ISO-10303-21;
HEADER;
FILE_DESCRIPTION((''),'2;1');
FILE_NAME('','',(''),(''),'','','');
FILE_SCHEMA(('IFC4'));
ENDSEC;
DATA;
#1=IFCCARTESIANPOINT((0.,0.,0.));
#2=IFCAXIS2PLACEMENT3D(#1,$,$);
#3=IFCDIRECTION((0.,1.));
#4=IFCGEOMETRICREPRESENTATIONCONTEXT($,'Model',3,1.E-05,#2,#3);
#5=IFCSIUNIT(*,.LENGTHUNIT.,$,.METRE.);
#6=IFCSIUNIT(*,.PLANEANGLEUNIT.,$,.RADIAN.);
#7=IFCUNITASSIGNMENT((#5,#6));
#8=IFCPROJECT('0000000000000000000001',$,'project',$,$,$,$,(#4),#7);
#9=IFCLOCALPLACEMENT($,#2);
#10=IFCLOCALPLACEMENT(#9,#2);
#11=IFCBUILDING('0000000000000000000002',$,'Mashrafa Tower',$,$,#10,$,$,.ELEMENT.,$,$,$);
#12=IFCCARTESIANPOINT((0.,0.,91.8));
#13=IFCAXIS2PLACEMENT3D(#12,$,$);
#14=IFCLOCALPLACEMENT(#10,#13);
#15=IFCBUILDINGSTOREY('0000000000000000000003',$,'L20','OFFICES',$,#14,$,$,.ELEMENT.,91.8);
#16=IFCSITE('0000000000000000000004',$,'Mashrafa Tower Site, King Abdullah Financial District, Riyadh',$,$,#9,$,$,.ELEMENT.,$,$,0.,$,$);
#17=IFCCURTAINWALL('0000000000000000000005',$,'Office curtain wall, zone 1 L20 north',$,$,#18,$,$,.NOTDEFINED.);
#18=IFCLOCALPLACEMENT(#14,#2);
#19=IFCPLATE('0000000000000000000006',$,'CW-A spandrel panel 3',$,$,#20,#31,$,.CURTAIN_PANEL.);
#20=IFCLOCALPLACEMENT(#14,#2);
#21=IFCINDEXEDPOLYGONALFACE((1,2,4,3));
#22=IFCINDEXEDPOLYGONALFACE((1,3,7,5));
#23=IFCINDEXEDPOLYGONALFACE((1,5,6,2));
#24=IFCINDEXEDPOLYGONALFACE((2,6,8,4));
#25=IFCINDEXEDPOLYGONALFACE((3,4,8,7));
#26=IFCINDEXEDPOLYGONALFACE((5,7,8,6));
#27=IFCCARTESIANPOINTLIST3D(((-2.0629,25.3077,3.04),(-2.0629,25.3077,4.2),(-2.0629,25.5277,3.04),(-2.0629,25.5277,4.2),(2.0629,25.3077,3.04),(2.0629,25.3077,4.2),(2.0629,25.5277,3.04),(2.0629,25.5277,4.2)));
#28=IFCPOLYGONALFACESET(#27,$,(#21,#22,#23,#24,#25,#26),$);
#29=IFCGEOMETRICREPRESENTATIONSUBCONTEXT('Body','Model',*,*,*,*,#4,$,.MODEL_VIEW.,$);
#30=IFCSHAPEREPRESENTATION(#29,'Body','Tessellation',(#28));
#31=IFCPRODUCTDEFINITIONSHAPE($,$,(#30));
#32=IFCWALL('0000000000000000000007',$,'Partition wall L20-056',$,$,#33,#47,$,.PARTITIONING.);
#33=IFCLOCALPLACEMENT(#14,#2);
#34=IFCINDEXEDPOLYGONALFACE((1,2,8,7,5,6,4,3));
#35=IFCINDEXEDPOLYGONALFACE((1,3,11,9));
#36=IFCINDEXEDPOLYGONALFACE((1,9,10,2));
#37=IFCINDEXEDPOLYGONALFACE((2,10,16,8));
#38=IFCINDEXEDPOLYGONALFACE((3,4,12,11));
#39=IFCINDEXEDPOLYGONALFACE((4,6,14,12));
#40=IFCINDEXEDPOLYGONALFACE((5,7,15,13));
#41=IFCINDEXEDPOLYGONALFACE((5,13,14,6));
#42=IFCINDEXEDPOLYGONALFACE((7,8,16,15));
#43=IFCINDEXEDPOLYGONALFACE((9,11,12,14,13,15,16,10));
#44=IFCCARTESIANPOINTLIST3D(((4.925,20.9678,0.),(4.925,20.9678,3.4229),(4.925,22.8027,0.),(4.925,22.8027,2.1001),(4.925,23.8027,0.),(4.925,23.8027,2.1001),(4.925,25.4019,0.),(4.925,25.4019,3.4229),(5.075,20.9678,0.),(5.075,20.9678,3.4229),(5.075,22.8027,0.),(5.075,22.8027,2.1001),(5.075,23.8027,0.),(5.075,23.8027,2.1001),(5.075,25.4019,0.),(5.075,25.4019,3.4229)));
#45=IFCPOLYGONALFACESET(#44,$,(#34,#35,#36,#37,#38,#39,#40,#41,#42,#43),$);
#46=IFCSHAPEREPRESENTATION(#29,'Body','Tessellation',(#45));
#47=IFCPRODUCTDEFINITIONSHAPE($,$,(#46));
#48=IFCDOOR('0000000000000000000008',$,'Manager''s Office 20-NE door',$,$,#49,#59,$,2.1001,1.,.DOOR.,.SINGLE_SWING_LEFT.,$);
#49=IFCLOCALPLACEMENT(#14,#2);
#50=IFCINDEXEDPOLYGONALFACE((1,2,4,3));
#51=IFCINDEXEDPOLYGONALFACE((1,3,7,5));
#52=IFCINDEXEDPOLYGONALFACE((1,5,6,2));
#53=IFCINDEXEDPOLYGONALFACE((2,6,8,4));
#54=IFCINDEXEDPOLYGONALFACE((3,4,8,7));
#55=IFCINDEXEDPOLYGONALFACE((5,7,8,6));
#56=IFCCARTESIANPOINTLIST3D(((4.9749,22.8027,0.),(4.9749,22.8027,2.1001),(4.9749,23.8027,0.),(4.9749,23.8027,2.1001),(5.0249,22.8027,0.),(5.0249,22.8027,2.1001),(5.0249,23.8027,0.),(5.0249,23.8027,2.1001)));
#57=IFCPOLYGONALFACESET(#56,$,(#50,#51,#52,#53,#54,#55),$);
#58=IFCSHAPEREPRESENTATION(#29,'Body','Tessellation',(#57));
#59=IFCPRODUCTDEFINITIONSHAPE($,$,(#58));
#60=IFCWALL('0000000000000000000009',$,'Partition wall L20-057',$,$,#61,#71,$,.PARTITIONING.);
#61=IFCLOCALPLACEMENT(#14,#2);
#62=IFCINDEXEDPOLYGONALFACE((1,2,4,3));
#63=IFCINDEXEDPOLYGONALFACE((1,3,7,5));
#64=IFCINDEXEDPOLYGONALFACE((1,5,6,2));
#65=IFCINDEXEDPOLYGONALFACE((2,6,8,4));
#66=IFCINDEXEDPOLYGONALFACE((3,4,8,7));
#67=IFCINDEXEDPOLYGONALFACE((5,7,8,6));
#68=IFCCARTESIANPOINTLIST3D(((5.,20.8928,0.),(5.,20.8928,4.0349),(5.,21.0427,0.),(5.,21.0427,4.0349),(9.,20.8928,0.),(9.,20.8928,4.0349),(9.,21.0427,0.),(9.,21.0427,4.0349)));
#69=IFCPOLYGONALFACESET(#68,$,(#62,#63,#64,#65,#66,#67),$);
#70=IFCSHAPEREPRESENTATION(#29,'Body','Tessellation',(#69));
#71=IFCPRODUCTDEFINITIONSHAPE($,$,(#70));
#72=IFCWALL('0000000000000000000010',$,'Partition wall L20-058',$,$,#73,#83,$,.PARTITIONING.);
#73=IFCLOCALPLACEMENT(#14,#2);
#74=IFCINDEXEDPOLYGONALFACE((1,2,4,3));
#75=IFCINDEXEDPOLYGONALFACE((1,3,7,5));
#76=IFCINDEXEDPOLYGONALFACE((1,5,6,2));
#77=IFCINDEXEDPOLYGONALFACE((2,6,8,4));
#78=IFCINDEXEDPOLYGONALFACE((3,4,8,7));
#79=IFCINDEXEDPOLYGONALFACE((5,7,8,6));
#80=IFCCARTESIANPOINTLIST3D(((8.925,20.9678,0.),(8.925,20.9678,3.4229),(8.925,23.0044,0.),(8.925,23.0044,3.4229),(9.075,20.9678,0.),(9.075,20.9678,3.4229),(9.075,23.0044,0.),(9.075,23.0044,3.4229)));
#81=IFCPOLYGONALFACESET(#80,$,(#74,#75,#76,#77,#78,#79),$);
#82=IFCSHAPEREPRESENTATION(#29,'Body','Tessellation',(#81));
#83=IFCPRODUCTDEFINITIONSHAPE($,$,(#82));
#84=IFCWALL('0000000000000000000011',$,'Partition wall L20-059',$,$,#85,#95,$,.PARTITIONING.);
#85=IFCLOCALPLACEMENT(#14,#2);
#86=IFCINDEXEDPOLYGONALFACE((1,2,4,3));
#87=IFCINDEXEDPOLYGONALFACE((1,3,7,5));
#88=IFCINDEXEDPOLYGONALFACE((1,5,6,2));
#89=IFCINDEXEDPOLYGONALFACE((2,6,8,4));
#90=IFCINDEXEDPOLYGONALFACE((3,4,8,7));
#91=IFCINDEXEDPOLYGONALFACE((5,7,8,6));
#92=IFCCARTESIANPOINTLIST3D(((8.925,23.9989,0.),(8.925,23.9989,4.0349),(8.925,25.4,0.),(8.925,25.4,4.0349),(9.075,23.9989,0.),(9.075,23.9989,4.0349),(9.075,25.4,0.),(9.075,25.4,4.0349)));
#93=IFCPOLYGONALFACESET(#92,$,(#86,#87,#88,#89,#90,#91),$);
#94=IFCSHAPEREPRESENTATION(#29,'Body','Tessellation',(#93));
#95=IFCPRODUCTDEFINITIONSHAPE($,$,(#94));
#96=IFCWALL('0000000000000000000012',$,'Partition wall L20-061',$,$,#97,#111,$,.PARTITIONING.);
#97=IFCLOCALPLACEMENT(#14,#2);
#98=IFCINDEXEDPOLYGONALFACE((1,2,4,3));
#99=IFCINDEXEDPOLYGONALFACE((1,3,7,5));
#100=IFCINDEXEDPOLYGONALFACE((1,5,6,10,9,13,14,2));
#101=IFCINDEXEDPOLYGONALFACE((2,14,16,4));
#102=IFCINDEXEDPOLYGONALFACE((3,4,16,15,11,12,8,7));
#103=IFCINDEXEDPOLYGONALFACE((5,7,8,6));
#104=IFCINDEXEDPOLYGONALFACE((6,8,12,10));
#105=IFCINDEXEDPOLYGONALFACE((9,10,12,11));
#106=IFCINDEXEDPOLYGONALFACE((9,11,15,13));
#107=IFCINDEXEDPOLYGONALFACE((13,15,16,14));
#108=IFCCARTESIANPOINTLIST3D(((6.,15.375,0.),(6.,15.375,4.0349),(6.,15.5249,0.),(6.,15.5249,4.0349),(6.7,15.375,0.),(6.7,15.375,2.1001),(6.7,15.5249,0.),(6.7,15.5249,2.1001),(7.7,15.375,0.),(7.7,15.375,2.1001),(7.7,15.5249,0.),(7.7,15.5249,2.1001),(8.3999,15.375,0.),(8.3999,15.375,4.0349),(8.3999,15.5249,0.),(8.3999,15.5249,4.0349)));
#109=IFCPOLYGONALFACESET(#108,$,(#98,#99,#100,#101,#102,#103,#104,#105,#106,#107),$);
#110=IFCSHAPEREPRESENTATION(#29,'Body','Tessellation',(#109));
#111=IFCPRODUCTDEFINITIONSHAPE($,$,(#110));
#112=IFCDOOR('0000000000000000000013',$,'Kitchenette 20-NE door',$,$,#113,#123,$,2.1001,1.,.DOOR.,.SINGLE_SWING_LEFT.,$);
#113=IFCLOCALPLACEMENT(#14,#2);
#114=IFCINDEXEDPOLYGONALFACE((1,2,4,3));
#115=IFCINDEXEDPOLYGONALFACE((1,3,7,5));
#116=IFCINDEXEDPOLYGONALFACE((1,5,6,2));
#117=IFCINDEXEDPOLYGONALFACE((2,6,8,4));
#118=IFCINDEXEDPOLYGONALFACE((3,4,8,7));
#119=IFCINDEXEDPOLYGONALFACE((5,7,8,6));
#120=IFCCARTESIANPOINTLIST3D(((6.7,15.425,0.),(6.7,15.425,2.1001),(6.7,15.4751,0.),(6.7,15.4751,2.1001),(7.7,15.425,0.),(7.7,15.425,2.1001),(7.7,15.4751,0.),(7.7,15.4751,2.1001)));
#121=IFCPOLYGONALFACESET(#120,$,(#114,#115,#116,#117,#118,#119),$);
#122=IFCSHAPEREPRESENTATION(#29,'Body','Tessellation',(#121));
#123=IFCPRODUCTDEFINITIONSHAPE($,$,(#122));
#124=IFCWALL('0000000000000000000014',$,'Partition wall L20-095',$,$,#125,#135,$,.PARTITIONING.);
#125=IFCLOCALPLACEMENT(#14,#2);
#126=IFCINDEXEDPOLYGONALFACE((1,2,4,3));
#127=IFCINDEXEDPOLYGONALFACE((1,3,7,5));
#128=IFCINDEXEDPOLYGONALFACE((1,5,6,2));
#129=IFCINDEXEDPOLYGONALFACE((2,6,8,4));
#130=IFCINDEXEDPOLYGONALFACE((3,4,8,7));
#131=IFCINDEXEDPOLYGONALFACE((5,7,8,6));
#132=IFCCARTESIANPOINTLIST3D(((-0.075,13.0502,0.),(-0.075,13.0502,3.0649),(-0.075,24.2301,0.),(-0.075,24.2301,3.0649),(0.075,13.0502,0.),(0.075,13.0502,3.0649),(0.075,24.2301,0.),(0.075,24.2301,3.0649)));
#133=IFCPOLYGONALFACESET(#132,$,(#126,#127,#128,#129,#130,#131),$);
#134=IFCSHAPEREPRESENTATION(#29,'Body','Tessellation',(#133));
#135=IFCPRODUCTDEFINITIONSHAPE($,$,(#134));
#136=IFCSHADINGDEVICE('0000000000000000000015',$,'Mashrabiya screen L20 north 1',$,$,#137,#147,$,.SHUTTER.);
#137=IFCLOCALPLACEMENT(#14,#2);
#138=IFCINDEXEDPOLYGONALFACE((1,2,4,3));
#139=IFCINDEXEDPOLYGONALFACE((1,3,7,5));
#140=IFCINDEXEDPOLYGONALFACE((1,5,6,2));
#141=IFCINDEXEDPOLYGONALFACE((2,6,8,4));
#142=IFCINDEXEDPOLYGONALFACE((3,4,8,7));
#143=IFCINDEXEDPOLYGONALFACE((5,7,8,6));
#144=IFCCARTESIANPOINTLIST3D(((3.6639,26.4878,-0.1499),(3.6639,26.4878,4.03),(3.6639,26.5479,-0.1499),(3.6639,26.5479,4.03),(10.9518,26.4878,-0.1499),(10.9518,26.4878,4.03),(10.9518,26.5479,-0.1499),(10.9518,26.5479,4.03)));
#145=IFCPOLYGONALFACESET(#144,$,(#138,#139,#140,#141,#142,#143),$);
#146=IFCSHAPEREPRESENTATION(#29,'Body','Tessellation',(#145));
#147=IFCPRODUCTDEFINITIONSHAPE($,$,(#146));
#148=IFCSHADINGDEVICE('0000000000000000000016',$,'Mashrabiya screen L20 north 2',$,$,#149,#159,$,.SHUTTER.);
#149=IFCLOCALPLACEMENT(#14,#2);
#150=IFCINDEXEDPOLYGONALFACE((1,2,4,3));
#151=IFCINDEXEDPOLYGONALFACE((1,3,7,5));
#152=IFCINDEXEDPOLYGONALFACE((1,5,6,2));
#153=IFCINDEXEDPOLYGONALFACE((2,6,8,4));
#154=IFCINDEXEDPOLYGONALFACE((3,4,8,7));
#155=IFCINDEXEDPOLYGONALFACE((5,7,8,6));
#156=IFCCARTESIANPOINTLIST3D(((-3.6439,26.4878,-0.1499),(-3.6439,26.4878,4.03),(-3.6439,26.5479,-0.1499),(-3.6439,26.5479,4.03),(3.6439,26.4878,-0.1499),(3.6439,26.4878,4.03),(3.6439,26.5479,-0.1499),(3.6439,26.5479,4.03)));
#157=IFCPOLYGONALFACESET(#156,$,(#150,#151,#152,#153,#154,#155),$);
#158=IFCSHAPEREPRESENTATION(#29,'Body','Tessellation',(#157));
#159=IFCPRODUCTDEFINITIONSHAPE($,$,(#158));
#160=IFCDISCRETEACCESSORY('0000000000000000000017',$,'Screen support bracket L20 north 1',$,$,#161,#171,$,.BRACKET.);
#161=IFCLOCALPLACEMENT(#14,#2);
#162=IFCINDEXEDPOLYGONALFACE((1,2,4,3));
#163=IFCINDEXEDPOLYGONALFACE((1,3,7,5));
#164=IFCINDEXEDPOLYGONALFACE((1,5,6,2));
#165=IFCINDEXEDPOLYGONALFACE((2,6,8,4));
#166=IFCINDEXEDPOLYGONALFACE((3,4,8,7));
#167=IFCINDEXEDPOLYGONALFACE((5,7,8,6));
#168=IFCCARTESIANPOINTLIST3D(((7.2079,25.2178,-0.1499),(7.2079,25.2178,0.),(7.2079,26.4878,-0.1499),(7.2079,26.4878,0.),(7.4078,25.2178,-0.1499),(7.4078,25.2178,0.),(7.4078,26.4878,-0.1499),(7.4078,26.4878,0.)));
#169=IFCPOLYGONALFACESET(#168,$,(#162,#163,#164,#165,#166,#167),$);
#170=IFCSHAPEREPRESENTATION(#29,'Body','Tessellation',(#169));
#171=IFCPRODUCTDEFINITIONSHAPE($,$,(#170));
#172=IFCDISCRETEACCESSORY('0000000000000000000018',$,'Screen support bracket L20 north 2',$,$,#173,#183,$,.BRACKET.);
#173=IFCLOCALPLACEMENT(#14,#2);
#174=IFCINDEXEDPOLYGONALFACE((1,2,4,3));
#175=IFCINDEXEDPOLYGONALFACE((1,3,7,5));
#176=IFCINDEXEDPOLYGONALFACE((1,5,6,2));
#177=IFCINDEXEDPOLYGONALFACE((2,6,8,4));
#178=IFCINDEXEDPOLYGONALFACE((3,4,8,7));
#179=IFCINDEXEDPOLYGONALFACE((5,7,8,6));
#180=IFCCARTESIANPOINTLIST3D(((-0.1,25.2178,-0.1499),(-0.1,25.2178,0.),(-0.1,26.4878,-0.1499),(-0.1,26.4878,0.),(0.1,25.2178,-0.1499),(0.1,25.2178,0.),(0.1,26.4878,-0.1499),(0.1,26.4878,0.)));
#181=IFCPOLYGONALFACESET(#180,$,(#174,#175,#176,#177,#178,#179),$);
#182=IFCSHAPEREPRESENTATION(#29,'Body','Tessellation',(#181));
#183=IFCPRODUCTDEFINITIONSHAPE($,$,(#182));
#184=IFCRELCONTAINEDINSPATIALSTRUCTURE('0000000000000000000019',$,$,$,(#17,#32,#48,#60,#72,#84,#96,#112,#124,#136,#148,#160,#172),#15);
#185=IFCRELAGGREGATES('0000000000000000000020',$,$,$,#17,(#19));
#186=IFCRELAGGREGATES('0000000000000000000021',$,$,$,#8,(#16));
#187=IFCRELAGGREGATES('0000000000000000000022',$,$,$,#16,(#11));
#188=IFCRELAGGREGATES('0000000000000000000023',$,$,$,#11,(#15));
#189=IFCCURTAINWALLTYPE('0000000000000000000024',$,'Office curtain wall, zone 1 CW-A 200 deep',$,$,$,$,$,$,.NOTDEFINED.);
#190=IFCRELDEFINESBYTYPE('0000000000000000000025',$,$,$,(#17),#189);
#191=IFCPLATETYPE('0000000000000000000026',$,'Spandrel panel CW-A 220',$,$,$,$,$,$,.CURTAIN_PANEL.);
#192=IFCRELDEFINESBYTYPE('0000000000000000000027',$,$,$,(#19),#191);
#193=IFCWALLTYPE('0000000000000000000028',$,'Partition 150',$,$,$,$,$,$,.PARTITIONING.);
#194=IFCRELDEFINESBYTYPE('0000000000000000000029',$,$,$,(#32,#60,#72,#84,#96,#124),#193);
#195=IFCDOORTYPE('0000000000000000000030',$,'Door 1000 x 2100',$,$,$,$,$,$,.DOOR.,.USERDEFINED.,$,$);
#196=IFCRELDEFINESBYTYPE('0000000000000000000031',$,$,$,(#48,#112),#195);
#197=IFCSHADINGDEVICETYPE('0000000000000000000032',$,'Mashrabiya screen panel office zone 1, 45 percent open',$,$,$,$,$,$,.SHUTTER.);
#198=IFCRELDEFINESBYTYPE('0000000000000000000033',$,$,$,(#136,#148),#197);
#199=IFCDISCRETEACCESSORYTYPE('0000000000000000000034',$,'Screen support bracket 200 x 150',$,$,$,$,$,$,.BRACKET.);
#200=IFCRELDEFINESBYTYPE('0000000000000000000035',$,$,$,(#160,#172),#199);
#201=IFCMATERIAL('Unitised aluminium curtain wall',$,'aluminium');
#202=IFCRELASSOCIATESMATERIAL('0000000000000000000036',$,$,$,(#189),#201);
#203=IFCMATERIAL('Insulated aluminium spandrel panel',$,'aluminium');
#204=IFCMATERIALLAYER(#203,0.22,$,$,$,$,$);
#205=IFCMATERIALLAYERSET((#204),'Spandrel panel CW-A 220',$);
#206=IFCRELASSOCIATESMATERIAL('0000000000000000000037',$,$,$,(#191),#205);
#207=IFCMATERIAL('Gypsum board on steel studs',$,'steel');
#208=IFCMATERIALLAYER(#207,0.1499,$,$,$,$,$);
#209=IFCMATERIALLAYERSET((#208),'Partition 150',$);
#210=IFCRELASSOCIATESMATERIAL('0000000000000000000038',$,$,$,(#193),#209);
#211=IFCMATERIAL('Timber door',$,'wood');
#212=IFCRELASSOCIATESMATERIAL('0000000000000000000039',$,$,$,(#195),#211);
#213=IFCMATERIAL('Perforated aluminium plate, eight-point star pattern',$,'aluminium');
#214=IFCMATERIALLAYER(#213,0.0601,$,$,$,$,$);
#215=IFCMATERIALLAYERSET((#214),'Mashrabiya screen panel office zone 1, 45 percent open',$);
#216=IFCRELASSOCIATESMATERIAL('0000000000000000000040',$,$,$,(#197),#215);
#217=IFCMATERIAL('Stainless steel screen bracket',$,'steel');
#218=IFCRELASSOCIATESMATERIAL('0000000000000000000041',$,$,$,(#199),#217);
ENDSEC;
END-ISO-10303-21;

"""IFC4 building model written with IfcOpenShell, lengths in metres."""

from ifc_helpers import new_model, si_unit, direction, frame, frame_2d, origin, origin_2d, place, context, subcontext, project, spatial, rectangle, extrude, source, transform, mapped, material, layer, layer_set, type_object, type_shapes, element, fill, aggregate, save


model = new_model("IFC4")

# Units and contexts
model_context = context("Model", 3, precision=1e-05, world=origin(), true_north=direction((0.0, 1.0)))
body_context = subcontext(model_context, "Body", "Model", "MODEL_VIEW")
ifc_project = project(units=[si_unit("LENGTHUNIT", "METRE"), si_unit("PLANEANGLEUNIT", "RADIAN")], contexts=[model_context])

# Site, building, storey
site_placement = place(None, origin())
site = spatial("IfcSite", under=ifc_project, at=site_placement, Name="Mashrafa Tower Site, King Abdullah Financial District, Riyadh", CompositionType="ELEMENT", RefElevation=0.0)
building_placement = place(site_placement, origin())
building = spatial("IfcBuilding", under=site, at=building_placement, Name="Mashrafa Tower", CompositionType="ELEMENT")
storey_placement = place(building_placement, frame((0.0, 0.0, 91.8)))
storey = spatial("IfcBuildingStorey", under=building, at=storey_placement, Name="L20", Description="OFFICES", CompositionType="ELEMENT", Elevation=91.8)

# Shared definitions
ifc_material_1 = material(Name="Unitised aluminium curtain wall", Category="aluminium")
curtain_wall_type = type_object("IfcCurtainWallType", Name="Office curtain wall, zone 1 CW-A 200 deep", PredefinedType="NOTDEFINED", material=ifc_material_1)

# Curtain wall
curtain_wall_1_placement = place(storey_placement, origin())
curtain_wall_1 = element("IfcCurtainWall", 1, at=curtain_wall_1_placement, inside=storey, type_object=curtain_wall_type, Name="Office curtain wall, zone 1 L20 north", PredefinedType="NOTDEFINED")

# Plate
ifc_material_2 = material(Name="Insulated aluminium spandrel panel", Category="aluminium")
ifc_layer_1 = layer(ifc_material_2, 0.22)
ifc_layer_set_1 = layer_set([ifc_layer_1], Name="Spandrel panel CW-A 220")
plate_type_1 = type_object("IfcPlateType", Name="Spandrel panel CW-A 220", PredefinedType="CURTAIN_PANEL", material=ifc_layer_set_1)
shared_shape_1 = source(origin(), body_context, "Body", "SweptSolid", [
    extrude(rectangle(XDim=4.1257, YDim=0.22, at=origin_2d()), origin(), (0.0, 0.0, 1.0), 1.1599),
])
plate_1_placement = place(storey_placement, frame((0.0, 25.4177, 3.04), z_axis=(0.0, 0.0, 1.0), x_axis=(-1.0, 0.0, 0.0)))
plate_1 = element("IfcPlate", 2, at=plate_1_placement, type_object=plate_type_1, Name="CW-A spandrel panel 3", PredefinedType="CURTAIN_PANEL", context=body_context, shape_type="MappedRepresentation", body=[
    mapped(shared_shape_1, transform((0.0, 0.0, 0.0))),
])
aggregate(curtain_wall_1, [plate_1])

# Wall, opening, door
ifc_material_3 = material(Name="Gypsum board on steel studs", Category="steel")
ifc_layer_2 = layer(ifc_material_3, 0.1499)
ifc_layer_set_2 = layer_set([ifc_layer_2], Name="Partition 150")
wall_type = type_object("IfcWallType", Name="Partition 150", PredefinedType="PARTITIONING", material=ifc_layer_set_2)
wall_1_placement = place(storey_placement, frame((5.0, 25.4019, 0.0), z_axis=(0.0, 0.0, 1.0), x_axis=(0.0, -1.0, 0.0)))
wall_1 = element("IfcWall", 3, at=wall_1_placement, inside=storey, type_object=wall_type, Name="Partition wall L20-056", PredefinedType="PARTITIONING", context=body_context, shape_type="SweptSolid", body=[
    extrude(rectangle(XDim=4.4341, YDim=0.1499, at=frame_2d((2.217, 0.0))), origin(), (0.0, 0.0, 1.0), 3.4229),
])
opening_1_placement = place(wall_1_placement, frame((1.5991, 0.0, 0.0)))
opening_1 = element("IfcOpeningElement", 4, at=opening_1_placement, cuts=wall_1, PredefinedType="OPENING", context=body_context, shape_type="SweptSolid", body=[
    extrude(rectangle(XDim=1.0, YDim=2.1001, at=frame_2d((0.5, 1.05))), frame((0.0, 0.085, 0.0), z_axis=(0.0, -1.0, 0.0), x_axis=(1.0, 0.0, 0.0)), (0.0, 0.0, 1.0), 0.1699),
])
ifc_material_4 = material(Name="Timber door", Category="wood")
door_type = type_object("IfcDoorType", Name="Door 1000 x 2100", OperationType="USERDEFINED", PredefinedType="DOOR", material=ifc_material_4)
door_1_placement = place(opening_1_placement, origin())
door_1 = element("IfcDoor", 5, at=door_1_placement, inside=storey, type_object=door_type, Name="Manager's Office 20-NE door", OperationType="SINGLE_SWING_LEFT", OverallHeight=2.1001, OverallWidth=1.0, PredefinedType="DOOR", context=body_context, shape_type="SweptSolid", body=[
    extrude(rectangle(XDim=1.0, YDim=2.1001, at=frame_2d((0.5, 1.05))), frame((0.0, 0.0249, 0.0), z_axis=(0.0, -1.0, 0.0), x_axis=(1.0, 0.0, 0.0)), (0.0, 0.0, 1.0), 0.05),
])
fill(opening_1, door_1)

# Walls
wall_2_placement = place(storey_placement, frame((5.0, 20.9678, 0.0), z_axis=(0.0, 0.0, 1.0), x_axis=(1.0, 0.0, 0.0)))
element("IfcWall", 6, at=wall_2_placement, inside=storey, type_object=wall_type, Name="Partition wall L20-057", PredefinedType="PARTITIONING", context=body_context, shape_type="SweptSolid", body=[
    extrude(rectangle(XDim=4.0, YDim=0.1499, at=frame_2d((2.0, 0.0))), origin(), (0.0, 0.0, 1.0), 4.0349),
])
wall_3_placement = place(storey_placement, frame((9.0, 20.9678, 0.0), z_axis=(0.0, 0.0, 1.0), x_axis=(0.0, 1.0, 0.0)))
element("IfcWall", 7, at=wall_3_placement, inside=storey, type_object=wall_type, Name="Partition wall L20-058", PredefinedType="PARTITIONING", context=body_context, shape_type="SweptSolid", body=[
    extrude(rectangle(XDim=2.0366, YDim=0.1499, at=frame_2d((1.0183, 0.0))), origin(), (0.0, 0.0, 1.0), 3.4229),
])
wall_4_placement = place(storey_placement, frame((9.0, 23.9988, 0.0), z_axis=(0.0, 0.0, 1.0), x_axis=(0.0, 1.0, 0.0)))
element("IfcWall", 8, at=wall_4_placement, inside=storey, type_object=wall_type, Name="Partition wall L20-059", PredefinedType="PARTITIONING", context=body_context, shape_type="SweptSolid", body=[
    extrude(rectangle(XDim=1.4011, YDim=0.1499, at=frame_2d((0.7007, 0.0))), origin(), (0.0, 0.0, 1.0), 4.0349),
])

# Wall, opening, door
wall_5_placement = place(storey_placement, frame((8.3999, 15.45, 0.0), z_axis=(0.0, 0.0, 1.0), x_axis=(-1.0, 0.0, 0.0)))
wall_5 = element("IfcWall", 9, at=wall_5_placement, inside=storey, type_object=wall_type, Name="Partition wall L20-061", PredefinedType="PARTITIONING", context=body_context, shape_type="SweptSolid", body=[
    extrude(rectangle(XDim=2.3999, YDim=0.1499, at=frame_2d((1.2, 0.0))), origin(), (0.0, 0.0, 1.0), 4.0349),
])
opening_2_placement = place(wall_5_placement, frame((0.7, 0.0, 0.0)))
opening_2 = element("IfcOpeningElement", 10, at=opening_2_placement, cuts=wall_5, PredefinedType="OPENING", context=body_context, shape_type="SweptSolid", body=[
    extrude(rectangle(XDim=1.0, YDim=2.1001, at=frame_2d((0.5, 1.05))), frame((0.0, 0.085, 0.0), z_axis=(0.0, -1.0, 0.0), x_axis=(1.0, 0.0, 0.0)), (0.0, 0.0, 1.0), 0.1699),
])
door_2_placement = place(opening_2_placement, origin())
door_2 = element("IfcDoor", 11, at=door_2_placement, inside=storey, type_object=door_type, Name="Kitchenette 20-NE door", OperationType="SINGLE_SWING_LEFT", OverallHeight=2.1001, OverallWidth=1.0, PredefinedType="DOOR", context=body_context, shape_type="SweptSolid", body=[
    extrude(rectangle(XDim=1.0, YDim=2.1001, at=frame_2d((0.5, 1.05))), frame((0.0, 0.0249, 0.0), z_axis=(0.0, -1.0, 0.0), x_axis=(1.0, 0.0, 0.0)), (0.0, 0.0, 1.0), 0.05),
])
fill(opening_2, door_2)

# Wall
wall_6_placement = place(storey_placement, frame((0.0, 24.23, 0.0), z_axis=(0.0, 0.0, 1.0), x_axis=(0.0, -1.0, 0.0)))
element("IfcWall", 12, at=wall_6_placement, inside=storey, type_object=wall_type, Name="Partition wall L20-095", PredefinedType="PARTITIONING", context=body_context, shape_type="SweptSolid", body=[
    extrude(rectangle(XDim=11.1799, YDim=0.1499, at=frame_2d((5.5898, 0.0))), origin(), (0.0, 0.0, 1.0), 3.0649),
])

# Shading devices
ifc_material_5 = material(Name="Perforated aluminium plate, eight-point star pattern", Category="aluminium")
ifc_layer_3 = layer(ifc_material_5, 0.0601)
ifc_layer_set_3 = layer_set([ifc_layer_3], Name="Mashrabiya screen panel office zone 1, 45 percent open")
shading_device_type = type_object("IfcShadingDeviceType", Name="Mashrabiya screen panel office zone 1, 45 percent open", PredefinedType="SHUTTER", material=ifc_layer_set_3)
shared_shape_2 = source(origin(), body_context, "Body", "SweptSolid", [
    extrude(rectangle(XDim=7.2878, YDim=0.0601, at=origin_2d()), origin(), (0.0, 0.0, 1.0), 4.1799),
])
type_shapes(shading_device_type, [shared_shape_2])
for number, where, z_axis, x_axis, name in (
    (13, (7.3079, 26.5178, -0.1499), (0.0, 0.0, 1.0), (-1.0, 0.0, 0.0), "Mashrabiya screen L20 north 1"),
    (14, (0.0, 26.5178, -0.1499), (0.0, 0.0, 1.0), (-1.0, 0.0, 0.0), "Mashrabiya screen L20 north 2"),
):
    element("IfcShadingDevice", number, at=place(storey_placement, frame(where, z_axis=z_axis, x_axis=x_axis)), inside=storey, type_object=shading_device_type, Name=name, PredefinedType="SHUTTER", context=body_context, shape_type="MappedRepresentation", body=[
        mapped(shared_shape_2, transform((0.0, 0.0, 0.0))),
    ])

# Discrete accessories
ifc_material_6 = material(Name="Stainless steel screen bracket", Category="steel")
discrete_accessory_type = type_object("IfcDiscreteAccessoryType", Name="Screen support bracket 200 x 150", PredefinedType="BRACKET", material=ifc_material_6)
shared_shape_3 = source(origin(), body_context, "Body", "SweptSolid", [
    extrude(rectangle(XDim=0.2, YDim=1.27, at=origin_2d()), origin(), (0.0, 0.0, 1.0), 0.1499),
])
type_shapes(discrete_accessory_type, [shared_shape_3])
for number, where, z_axis, x_axis, name in (
    (15, (7.3079, 25.8528, -0.1499), (0.0, 0.0, 1.0), (-1.0, 0.0, 0.0), "Screen support bracket L20 north 1"),
    (16, (0.0, 25.8528, -0.1499), (0.0, 0.0, 1.0), (-1.0, 0.0, 0.0), "Screen support bracket L20 north 2"),
):
    element("IfcDiscreteAccessory", number, at=place(storey_placement, frame(where, z_axis=z_axis, x_axis=x_axis)), inside=storey, type_object=discrete_accessory_type, Name=name, PredefinedType="BRACKET", context=body_context, shape_type="MappedRepresentation", body=[
        mapped(shared_shape_3, transform((0.0, 0.0, 0.0))),
    ])

save(model, "model.ifc")
